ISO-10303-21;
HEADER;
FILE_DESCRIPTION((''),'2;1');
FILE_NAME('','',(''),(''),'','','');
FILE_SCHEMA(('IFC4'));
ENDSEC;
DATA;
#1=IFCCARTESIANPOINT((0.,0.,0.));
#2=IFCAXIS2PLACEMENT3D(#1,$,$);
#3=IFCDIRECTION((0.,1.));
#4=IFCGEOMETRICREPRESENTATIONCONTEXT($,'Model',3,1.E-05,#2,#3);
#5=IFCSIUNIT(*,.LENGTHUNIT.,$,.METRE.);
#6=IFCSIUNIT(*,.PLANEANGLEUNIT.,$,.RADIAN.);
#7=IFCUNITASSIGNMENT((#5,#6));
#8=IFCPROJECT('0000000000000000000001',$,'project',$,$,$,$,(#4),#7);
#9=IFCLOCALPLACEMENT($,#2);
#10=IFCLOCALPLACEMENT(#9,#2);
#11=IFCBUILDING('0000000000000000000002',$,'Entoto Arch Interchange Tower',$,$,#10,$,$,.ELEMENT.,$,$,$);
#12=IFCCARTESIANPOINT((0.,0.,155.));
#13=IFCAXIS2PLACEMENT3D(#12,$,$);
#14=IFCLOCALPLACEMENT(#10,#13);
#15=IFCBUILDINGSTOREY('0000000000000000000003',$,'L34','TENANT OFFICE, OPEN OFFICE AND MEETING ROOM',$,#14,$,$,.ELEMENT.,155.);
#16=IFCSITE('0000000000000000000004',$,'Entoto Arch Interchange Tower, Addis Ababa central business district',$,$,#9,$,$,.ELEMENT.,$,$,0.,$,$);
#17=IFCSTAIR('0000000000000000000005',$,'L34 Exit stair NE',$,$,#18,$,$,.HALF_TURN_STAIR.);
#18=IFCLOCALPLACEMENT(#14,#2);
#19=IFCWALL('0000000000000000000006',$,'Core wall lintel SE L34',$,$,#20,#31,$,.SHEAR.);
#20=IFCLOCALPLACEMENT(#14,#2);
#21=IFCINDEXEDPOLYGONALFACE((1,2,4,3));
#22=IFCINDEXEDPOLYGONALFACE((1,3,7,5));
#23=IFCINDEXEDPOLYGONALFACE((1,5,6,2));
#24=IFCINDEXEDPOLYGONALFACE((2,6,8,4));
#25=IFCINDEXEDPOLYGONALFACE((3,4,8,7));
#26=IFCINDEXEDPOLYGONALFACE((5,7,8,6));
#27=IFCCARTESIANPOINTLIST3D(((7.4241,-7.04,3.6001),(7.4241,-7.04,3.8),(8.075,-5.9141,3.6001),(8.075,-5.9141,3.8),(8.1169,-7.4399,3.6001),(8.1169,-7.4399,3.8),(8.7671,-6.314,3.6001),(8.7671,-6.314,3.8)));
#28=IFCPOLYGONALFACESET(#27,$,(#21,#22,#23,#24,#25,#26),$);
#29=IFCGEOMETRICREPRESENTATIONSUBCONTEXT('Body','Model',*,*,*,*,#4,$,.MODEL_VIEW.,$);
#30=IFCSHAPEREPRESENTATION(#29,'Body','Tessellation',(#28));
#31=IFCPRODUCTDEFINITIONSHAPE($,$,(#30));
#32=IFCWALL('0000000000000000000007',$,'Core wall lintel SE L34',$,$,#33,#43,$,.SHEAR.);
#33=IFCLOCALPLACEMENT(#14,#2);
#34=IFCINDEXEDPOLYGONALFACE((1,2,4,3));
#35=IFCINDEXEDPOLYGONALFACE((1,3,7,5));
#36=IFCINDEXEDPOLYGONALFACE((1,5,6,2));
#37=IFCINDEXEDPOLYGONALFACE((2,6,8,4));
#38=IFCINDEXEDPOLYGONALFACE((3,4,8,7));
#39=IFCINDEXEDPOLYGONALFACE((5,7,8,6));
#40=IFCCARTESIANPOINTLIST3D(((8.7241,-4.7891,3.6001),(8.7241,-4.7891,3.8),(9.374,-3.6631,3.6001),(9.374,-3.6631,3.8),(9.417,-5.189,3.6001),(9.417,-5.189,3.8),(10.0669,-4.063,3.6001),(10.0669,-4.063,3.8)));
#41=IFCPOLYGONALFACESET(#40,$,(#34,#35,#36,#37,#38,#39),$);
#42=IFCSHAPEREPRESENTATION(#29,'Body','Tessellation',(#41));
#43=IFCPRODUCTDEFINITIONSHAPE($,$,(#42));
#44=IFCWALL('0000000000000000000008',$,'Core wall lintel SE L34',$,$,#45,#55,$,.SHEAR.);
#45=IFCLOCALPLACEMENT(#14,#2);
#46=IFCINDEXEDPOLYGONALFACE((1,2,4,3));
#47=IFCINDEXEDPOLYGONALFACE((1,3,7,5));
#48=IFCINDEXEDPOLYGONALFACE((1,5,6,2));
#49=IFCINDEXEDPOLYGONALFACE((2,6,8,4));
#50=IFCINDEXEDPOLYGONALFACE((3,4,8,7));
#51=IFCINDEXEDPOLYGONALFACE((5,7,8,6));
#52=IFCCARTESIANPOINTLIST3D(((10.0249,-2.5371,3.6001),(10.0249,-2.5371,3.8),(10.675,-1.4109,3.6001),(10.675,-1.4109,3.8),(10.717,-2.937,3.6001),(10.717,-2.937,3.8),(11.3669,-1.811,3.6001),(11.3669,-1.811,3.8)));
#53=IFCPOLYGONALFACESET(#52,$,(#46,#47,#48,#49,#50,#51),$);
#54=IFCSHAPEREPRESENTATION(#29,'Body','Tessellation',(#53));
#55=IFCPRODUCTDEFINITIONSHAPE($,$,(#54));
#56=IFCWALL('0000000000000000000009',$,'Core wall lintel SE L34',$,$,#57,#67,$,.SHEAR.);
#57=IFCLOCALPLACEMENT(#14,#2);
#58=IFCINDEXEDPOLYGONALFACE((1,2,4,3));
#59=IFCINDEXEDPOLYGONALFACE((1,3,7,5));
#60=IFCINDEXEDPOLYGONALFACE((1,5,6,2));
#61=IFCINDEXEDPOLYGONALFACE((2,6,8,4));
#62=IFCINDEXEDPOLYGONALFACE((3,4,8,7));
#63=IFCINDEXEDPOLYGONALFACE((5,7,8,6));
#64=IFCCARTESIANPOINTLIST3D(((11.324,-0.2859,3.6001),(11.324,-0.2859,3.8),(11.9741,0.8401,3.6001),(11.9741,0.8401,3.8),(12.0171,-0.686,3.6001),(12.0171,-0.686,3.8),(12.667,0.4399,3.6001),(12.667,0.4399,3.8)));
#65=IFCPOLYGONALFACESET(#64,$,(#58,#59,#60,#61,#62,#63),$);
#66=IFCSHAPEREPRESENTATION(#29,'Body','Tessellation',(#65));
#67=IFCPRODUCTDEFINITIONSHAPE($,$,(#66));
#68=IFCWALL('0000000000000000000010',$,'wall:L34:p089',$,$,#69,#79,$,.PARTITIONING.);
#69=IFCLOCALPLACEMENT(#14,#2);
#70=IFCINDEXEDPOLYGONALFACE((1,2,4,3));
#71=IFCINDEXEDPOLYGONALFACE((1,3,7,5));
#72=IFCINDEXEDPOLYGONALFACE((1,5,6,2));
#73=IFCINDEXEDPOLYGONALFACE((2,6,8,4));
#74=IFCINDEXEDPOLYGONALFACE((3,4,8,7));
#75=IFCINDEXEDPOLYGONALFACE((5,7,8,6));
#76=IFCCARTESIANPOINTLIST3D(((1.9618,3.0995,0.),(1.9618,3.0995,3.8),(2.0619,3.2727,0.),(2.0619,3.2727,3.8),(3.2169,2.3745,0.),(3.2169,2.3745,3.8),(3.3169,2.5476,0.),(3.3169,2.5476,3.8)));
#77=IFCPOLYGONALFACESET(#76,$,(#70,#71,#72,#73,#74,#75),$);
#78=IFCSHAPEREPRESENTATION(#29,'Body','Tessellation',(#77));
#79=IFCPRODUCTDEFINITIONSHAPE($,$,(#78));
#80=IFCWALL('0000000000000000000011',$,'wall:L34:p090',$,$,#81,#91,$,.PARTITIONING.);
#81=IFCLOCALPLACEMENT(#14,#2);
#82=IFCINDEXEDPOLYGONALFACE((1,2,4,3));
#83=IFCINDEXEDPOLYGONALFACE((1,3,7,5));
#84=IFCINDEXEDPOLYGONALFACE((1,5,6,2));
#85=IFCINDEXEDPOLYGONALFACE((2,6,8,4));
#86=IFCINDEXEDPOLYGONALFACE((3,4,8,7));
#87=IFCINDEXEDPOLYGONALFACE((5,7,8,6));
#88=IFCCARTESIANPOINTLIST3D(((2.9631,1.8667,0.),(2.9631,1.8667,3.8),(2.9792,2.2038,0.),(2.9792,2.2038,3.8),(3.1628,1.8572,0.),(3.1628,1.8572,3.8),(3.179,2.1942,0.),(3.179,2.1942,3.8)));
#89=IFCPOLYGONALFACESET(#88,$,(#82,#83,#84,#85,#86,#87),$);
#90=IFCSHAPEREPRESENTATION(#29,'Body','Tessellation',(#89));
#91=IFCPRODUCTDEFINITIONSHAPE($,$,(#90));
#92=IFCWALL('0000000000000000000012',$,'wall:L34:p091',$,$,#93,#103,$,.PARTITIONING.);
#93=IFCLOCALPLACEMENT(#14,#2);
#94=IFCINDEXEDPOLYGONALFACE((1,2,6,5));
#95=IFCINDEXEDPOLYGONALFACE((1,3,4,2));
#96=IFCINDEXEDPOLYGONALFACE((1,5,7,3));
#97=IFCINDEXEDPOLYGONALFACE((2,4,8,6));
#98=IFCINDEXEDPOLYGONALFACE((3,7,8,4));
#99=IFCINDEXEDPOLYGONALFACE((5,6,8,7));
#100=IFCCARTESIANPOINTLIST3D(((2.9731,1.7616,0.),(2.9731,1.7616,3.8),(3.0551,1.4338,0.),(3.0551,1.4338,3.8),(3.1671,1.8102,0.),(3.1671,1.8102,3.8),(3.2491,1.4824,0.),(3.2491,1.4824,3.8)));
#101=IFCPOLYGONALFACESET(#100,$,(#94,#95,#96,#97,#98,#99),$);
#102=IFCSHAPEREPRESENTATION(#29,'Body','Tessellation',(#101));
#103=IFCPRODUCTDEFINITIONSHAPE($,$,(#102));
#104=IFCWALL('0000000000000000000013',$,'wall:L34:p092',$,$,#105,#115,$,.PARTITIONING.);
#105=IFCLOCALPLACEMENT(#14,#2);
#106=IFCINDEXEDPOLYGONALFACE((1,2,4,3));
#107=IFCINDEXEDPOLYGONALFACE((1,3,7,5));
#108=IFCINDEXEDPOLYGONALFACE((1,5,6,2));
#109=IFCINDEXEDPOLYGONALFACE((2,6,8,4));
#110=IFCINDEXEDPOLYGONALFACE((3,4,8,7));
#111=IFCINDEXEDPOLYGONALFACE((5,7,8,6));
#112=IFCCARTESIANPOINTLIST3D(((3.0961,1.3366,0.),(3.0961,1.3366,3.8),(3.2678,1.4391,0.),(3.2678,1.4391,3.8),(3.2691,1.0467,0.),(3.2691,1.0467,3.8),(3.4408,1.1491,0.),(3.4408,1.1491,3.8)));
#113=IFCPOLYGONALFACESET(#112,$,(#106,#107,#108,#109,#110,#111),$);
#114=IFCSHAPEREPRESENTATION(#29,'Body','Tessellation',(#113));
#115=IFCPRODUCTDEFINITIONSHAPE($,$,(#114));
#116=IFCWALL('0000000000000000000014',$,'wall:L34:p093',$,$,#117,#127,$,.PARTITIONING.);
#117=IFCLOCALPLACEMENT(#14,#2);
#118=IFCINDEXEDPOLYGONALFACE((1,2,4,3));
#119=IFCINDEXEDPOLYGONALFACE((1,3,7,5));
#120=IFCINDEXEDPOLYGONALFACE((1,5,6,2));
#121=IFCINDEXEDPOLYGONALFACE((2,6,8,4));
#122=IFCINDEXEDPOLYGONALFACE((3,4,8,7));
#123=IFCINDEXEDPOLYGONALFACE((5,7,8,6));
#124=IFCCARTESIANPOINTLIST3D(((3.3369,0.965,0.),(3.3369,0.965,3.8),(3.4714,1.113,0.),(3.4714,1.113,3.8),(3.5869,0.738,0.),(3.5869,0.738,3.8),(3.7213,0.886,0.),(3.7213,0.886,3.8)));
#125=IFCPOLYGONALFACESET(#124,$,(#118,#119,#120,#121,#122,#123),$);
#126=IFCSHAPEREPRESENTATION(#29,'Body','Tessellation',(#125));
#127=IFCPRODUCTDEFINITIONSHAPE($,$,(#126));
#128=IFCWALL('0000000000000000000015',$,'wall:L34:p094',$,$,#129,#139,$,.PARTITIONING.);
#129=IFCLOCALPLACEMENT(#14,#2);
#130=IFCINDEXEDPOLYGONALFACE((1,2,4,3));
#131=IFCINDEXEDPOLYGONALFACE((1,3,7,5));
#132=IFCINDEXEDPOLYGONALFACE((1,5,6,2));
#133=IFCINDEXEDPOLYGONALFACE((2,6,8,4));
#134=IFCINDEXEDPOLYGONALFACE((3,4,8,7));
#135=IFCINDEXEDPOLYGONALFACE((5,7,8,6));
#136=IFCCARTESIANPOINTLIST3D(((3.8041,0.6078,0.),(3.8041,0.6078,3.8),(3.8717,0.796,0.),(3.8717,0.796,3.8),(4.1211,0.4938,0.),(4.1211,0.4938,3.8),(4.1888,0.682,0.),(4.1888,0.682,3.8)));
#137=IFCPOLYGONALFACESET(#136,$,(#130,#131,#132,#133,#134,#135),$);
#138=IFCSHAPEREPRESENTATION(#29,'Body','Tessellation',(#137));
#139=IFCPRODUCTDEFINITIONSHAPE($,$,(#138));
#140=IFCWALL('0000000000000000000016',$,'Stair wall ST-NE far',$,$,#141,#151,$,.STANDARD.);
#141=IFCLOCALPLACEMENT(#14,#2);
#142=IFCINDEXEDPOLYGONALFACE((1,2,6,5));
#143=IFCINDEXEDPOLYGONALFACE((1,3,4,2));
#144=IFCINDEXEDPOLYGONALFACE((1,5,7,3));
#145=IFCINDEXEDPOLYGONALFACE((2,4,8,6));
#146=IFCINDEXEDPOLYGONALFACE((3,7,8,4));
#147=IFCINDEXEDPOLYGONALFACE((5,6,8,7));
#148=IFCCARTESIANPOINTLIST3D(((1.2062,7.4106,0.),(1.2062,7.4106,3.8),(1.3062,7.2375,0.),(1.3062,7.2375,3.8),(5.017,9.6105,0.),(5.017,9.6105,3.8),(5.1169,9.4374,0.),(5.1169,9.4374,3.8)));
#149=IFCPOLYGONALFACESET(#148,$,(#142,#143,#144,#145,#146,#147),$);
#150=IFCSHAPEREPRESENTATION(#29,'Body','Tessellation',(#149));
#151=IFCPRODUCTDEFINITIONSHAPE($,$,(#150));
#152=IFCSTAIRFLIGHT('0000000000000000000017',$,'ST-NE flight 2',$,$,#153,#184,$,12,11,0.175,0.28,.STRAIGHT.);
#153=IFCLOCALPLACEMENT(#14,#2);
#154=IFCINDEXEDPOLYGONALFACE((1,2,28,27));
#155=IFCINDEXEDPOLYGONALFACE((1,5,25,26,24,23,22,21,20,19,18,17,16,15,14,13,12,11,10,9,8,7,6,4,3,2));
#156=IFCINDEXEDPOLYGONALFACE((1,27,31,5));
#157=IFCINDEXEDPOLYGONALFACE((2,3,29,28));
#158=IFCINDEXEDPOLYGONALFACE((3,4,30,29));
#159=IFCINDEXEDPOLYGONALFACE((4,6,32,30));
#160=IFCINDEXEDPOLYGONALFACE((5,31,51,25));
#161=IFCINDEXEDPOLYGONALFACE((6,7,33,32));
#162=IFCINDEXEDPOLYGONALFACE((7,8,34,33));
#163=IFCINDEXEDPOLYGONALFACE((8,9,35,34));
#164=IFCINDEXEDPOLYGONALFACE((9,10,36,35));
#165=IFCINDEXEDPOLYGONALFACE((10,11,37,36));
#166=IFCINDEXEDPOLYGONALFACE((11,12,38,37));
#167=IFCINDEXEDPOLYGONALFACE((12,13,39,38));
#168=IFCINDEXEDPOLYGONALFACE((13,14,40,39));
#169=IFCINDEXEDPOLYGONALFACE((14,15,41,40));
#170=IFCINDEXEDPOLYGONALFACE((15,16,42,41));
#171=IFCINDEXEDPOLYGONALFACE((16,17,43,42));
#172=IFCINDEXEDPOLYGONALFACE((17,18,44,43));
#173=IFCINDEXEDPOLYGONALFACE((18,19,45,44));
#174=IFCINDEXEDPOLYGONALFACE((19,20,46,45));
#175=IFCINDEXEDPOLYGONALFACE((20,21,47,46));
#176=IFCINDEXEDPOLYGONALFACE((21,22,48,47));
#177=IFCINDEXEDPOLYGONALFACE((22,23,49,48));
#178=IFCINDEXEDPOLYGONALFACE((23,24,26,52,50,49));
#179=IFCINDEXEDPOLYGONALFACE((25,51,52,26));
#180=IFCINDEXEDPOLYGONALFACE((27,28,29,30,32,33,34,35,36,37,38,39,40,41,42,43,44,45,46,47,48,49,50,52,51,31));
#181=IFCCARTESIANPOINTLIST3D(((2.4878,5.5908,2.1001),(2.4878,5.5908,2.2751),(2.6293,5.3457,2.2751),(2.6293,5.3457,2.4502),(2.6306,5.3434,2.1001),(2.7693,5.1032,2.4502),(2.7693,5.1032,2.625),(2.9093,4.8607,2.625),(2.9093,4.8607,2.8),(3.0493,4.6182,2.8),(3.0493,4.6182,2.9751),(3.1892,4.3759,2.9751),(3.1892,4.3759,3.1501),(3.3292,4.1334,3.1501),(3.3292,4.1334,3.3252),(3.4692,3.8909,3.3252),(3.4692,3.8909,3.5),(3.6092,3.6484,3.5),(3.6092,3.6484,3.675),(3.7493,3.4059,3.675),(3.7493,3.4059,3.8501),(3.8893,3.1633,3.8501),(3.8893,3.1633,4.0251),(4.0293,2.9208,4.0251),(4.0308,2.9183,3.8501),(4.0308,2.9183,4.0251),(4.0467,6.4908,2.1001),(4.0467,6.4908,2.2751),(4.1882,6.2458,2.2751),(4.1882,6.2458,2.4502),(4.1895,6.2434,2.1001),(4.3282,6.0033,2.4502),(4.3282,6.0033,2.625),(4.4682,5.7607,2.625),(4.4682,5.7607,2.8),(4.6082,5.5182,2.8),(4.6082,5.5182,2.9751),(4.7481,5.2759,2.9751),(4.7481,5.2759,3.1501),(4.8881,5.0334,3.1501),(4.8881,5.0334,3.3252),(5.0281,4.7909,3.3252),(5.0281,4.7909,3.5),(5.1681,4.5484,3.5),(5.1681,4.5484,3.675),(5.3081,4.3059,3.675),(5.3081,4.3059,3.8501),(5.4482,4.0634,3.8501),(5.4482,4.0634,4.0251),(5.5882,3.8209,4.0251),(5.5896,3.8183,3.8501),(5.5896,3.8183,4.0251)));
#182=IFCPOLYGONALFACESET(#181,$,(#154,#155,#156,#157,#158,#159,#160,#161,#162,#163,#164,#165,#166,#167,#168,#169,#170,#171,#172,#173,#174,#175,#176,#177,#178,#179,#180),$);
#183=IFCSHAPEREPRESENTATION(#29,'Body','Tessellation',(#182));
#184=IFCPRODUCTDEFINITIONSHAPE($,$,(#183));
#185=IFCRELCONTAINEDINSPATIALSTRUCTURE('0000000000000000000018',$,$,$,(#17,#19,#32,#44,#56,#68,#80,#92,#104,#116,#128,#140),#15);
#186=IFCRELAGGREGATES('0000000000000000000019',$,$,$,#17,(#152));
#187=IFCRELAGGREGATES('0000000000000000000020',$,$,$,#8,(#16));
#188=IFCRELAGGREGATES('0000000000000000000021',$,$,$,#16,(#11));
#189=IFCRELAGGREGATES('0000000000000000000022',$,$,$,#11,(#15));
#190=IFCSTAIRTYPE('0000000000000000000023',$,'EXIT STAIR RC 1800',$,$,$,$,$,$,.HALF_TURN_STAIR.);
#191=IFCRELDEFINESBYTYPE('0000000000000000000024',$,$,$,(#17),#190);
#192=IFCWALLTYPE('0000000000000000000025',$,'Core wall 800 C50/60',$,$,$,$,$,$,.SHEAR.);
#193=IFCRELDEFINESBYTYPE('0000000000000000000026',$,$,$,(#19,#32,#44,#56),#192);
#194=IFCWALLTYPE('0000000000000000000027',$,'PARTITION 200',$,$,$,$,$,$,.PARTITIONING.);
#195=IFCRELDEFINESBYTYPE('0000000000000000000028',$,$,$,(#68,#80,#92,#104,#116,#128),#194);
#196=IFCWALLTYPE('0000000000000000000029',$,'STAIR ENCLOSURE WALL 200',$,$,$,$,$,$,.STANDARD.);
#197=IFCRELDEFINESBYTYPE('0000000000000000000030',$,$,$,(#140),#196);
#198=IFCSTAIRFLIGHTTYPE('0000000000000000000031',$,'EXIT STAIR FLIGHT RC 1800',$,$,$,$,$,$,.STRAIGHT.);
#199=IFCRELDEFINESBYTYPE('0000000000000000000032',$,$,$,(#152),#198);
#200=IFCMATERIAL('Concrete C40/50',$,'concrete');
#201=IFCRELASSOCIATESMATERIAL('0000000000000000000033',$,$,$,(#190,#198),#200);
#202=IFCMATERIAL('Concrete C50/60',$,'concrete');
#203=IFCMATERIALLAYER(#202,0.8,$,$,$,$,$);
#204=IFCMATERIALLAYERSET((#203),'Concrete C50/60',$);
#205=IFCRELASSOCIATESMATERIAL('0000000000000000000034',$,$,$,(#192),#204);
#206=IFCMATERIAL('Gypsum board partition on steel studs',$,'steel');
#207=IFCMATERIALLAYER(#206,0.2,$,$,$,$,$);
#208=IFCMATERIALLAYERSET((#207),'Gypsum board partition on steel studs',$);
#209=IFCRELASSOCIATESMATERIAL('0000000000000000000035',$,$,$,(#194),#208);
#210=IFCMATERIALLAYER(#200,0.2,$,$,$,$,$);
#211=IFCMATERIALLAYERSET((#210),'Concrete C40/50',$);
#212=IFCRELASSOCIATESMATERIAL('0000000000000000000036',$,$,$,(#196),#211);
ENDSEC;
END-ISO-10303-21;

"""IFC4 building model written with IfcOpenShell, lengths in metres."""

from ifc_helpers import new_model, si_unit, direction, frame, frame_2d, origin, place, context, subcontext, project, spatial, polyline, rectangle, outline, extrude, material, layer, layer_set, type_object, element, aggregate, save


model = new_model("IFC4")

# Units and contexts
model_context = context("Model", 3, precision=1e-05, world=origin(), true_north=direction((0.0, 1.0)))
body_context = subcontext(model_context, "Body", "Model", "MODEL_VIEW")
ifc_project = project(units=[si_unit("LENGTHUNIT", "METRE"), si_unit("PLANEANGLEUNIT", "RADIAN")], contexts=[model_context])

# Site, building, storey
site_placement = place(None, origin())
site = spatial("IfcSite", under=ifc_project, at=site_placement, Name="Entoto Arch Interchange Tower, Addis Ababa central business district", CompositionType="ELEMENT", RefElevation=0.0)
building_placement = place(site_placement, origin())
building = spatial("IfcBuilding", under=site, at=building_placement, Name="Entoto Arch Interchange Tower", CompositionType="ELEMENT")
storey_placement = place(building_placement, frame((0.0, 0.0, 155.0)))
storey = spatial("IfcBuildingStorey", under=building, at=storey_placement, Name="L34", Description="TENANT OFFICE, OPEN OFFICE AND MEETING ROOM", CompositionType="ELEMENT", Elevation=155.0)

# Shared definitions
ifc_material_1 = material(Name="Concrete C40/50", Category="concrete")

# Stair
stair_type = type_object("IfcStairType", Name="EXIT STAIR RC 1800", PredefinedType="HALF_TURN_STAIR", material=ifc_material_1)
stair_1_placement = place(storey_placement, origin())
stair_1 = element("IfcStair", 1, at=stair_1_placement, inside=storey, type_object=stair_type, Name="L34 Exit stair NE", PredefinedType="HALF_TURN_STAIR")

# Walls
ifc_material_2 = material(Name="Concrete C50/60", Category="concrete")
ifc_layer_1 = layer(ifc_material_2, 0.8)
ifc_layer_set_1 = layer_set([ifc_layer_1], Name="Concrete C50/60")
wall_type_1 = type_object("IfcWallType", Name="Core wall 800 C50/60", PredefinedType="SHEAR", material=ifc_layer_set_1)
wall_1_placement = place(storey_placement, frame((0.0, 0.0, 3.6001)))
element("IfcWall", 2, at=wall_1_placement, inside=storey, type_object=wall_type_1, Name="Core wall lintel SE L34", PredefinedType="SHEAR", context=body_context, shape_type="SweptSolid", body=[
    extrude(outline(polyline([(8.7671, -6.314), (8.075, -5.9141), (7.4241, -7.04), (8.1169, -7.4399), (8.7671, -6.314)])), origin(), (0.0, 0.0, 1.0), 0.2),
])
wall_2_placement = place(storey_placement, frame((0.0, 0.0, 3.6001)))
element("IfcWall", 3, at=wall_2_placement, inside=storey, type_object=wall_type_1, Name="Core wall lintel SE L34", PredefinedType="SHEAR", context=body_context, shape_type="SweptSolid", body=[
    extrude(outline(polyline([(10.0669, -4.063), (9.374, -3.6631), (8.7241, -4.7891), (9.417, -5.189), (10.0669, -4.063)])), origin(), (0.0, 0.0, 1.0), 0.2),
])
wall_3_placement = place(storey_placement, frame((0.0, 0.0, 3.6001)))
element("IfcWall", 4, at=wall_3_placement, inside=storey, type_object=wall_type_1, Name="Core wall lintel SE L34", PredefinedType="SHEAR", context=body_context, shape_type="SweptSolid", body=[
    extrude(outline(polyline([(11.3669, -1.811), (10.675, -1.4109), (10.0249, -2.5371), (10.717, -2.937), (11.3669, -1.811)])), origin(), (0.0, 0.0, 1.0), 0.2),
])
wall_4_placement = place(storey_placement, frame((0.0, 0.0, 3.6001)))
element("IfcWall", 5, at=wall_4_placement, inside=storey, type_object=wall_type_1, Name="Core wall lintel SE L34", PredefinedType="SHEAR", context=body_context, shape_type="SweptSolid", body=[
    extrude(outline(polyline([(12.667, 0.4399), (11.9741, 0.8401), (11.324, -0.2859), (12.0171, -0.686), (12.667, 0.4399)])), origin(), (0.0, 0.0, 1.0), 0.2),
])
ifc_material_3 = material(Name="Gypsum board partition on steel studs", Category="steel")
ifc_layer_2 = layer(ifc_material_3, 0.2)
ifc_layer_set_2 = layer_set([ifc_layer_2], Name="Gypsum board partition on steel studs")
wall_type_2 = type_object("IfcWallType", Name="PARTITION 200", PredefinedType="PARTITIONING", material=ifc_layer_set_2)
wall_5_placement = place(storey_placement, frame((2.012, 3.186, 0.0), z_axis=(0.0, 0.0, 1.0), x_axis=(0.865891, -0.500233, 0.0)))
element("IfcWall", 6, at=wall_5_placement, inside=storey, type_object=wall_type_2, Name="wall:L34:p089", PredefinedType="PARTITIONING", context=body_context, shape_type="SweptSolid", body=[
    extrude(rectangle(XDim=1.4495, YDim=0.2, at=frame_2d((0.7246, 0.0))), origin(), (0.0, 0.0, 1.0), 3.8),
])
wall_6_placement = place(storey_placement, frame((3.0791, 2.199, 0.0), z_axis=(0.0, 0.0, 1.0), x_axis=(-0.047771, -0.998858, 0.0)))
element("IfcWall", 7, at=wall_6_placement, inside=storey, type_object=wall_type_2, Name="wall:L34:p090", PredefinedType="PARTITIONING", context=body_context, shape_type="SweptSolid", body=[
    extrude(rectangle(XDim=0.3374, YDim=0.2, at=frame_2d((0.1687, 0.0))), origin(), (0.0, 0.0, 1.0), 3.8),
])
wall_7_placement = place(storey_placement, frame((3.0701, 1.7859, 0.0), z_axis=(0.0, 0.0, 1.0), x_axis=(0.242706, -0.9701, 0.0)))
element("IfcWall", 8, at=wall_7_placement, inside=storey, type_object=wall_type_2, Name="wall:L34:p091", PredefinedType="PARTITIONING", context=body_context, shape_type="SweptSolid", body=[
    extrude(rectangle(XDim=0.3379, YDim=0.2, at=frame_2d((0.1689, 0.0))), origin(), (0.0, 0.0, 1.0), 3.8),
])
for number, where, z_axis, x_axis, name in (
    (9, (3.1819, 1.3879, 0.0), (0.0, 0.0, 1.0), (0.512475, -0.858702, 0.0), "wall:L34:p092"),
    (10, (3.4041, 1.0391, 0.0), (0.0, 0.0, 1.0), (0.740267, -0.672313, 0.0), "wall:L34:p093"),
):
    element("IfcWall", number, at=place(storey_placement, frame(where, z_axis=z_axis, x_axis=x_axis)), inside=storey, type_object=wall_type_2, Name=name, PredefinedType="PARTITIONING", context=body_context, shape_type="SweptSolid", body=[
        extrude(rectangle(XDim=0.3376, YDim=0.2, at=frame_2d((0.1689, 0.0))), origin(), (0.0, 0.0, 1.0), 3.8),
    ])
wall_8_placement = place(storey_placement, frame((3.8379, 0.7019, 0.0), z_axis=(0.0, 0.0, 1.0), x_axis=(0.941035, -0.338309, 0.0)))
element("IfcWall", 11, at=wall_8_placement, inside=storey, type_object=wall_type_2, Name="wall:L34:p094", PredefinedType="PARTITIONING", context=body_context, shape_type="SweptSolid", body=[
    extrude(rectangle(XDim=0.3369, YDim=0.2, at=frame_2d((0.1685, 0.0))), origin(), (0.0, 0.0, 1.0), 3.8),
])
ifc_layer_3 = layer(ifc_material_1, 0.2)
ifc_layer_set_3 = layer_set([ifc_layer_3], Name="Concrete C40/50")
wall_type_3 = type_object("IfcWallType", Name="STAIR ENCLOSURE WALL 200", PredefinedType="STANDARD", material=ifc_layer_set_3)
wall_9_placement = place(storey_placement, frame((1.2561, 7.324, 0.0), z_axis=(0.0, 0.0, 1.0), x_axis=(0.866046, 0.499964, 0.0)))
element("IfcWall", 12, at=wall_9_placement, inside=storey, type_object=wall_type_3, Name="Stair wall ST-NE far", PredefinedType="STANDARD", context=body_context, shape_type="SweptSolid", body=[
    extrude(rectangle(XDim=4.4001, YDim=0.2, at=frame_2d((2.2002, 0.0))), origin(), (0.0, 0.0, 1.0), 3.8),
])

# Stair flight
stair_flight_type = type_object("IfcStairFlightType", Name="EXIT STAIR FLIGHT RC 1800", PredefinedType="STRAIGHT", material=ifc_material_1)
stair_flight_placement = place(storey_placement, frame((3.2688, 6.0383, 2.1001), z_axis=(0.0, 0.0, 1.0), x_axis=(0.5, -0.866025, 0.0)))
stair_flight = element("IfcStairFlight", 13, at=stair_flight_placement, type_object=stair_flight_type, Name="ST-NE flight 2", NumberOfRisers=12, NumberOfTreads=11, PredefinedType="STRAIGHT", RiserHeight=0.175, TreadLength=0.28, context=body_context, shape_type="SweptSolid", body=[
    extrude(outline(polyline([(-0.0029, 0.0), (-0.0029, 0.175), (0.28, 0.175), (0.28, 0.3501), (0.5601, 0.3501), (0.5601, 0.5249), (0.8401, 0.5249), (0.8401, 0.7), (1.1201, 0.7), (1.1201, 0.875), (1.3999, 0.875), (1.3999, 1.05), (1.6799, 1.05), (1.6799, 1.2251), (1.96, 1.2251), (1.96, 1.3999), (2.24, 1.3999), (2.24, 1.575), (2.52, 1.575), (2.52, 1.75), (2.8, 1.75), (2.8, 1.925), (3.0801, 1.925), (3.083, 1.925), (3.083, 1.75), (0.2827, 0.0), (-0.0029, 0.0)])), frame((0.0, 0.8999, 0.0), z_axis=(0.0, -1.0, 0.0), x_axis=(1.0, 0.0, 0.0)), (0.0, 0.0, 1.0), 1.8),
])
aggregate(stair_1, [stair_flight])

save(model, "model.ifc")
